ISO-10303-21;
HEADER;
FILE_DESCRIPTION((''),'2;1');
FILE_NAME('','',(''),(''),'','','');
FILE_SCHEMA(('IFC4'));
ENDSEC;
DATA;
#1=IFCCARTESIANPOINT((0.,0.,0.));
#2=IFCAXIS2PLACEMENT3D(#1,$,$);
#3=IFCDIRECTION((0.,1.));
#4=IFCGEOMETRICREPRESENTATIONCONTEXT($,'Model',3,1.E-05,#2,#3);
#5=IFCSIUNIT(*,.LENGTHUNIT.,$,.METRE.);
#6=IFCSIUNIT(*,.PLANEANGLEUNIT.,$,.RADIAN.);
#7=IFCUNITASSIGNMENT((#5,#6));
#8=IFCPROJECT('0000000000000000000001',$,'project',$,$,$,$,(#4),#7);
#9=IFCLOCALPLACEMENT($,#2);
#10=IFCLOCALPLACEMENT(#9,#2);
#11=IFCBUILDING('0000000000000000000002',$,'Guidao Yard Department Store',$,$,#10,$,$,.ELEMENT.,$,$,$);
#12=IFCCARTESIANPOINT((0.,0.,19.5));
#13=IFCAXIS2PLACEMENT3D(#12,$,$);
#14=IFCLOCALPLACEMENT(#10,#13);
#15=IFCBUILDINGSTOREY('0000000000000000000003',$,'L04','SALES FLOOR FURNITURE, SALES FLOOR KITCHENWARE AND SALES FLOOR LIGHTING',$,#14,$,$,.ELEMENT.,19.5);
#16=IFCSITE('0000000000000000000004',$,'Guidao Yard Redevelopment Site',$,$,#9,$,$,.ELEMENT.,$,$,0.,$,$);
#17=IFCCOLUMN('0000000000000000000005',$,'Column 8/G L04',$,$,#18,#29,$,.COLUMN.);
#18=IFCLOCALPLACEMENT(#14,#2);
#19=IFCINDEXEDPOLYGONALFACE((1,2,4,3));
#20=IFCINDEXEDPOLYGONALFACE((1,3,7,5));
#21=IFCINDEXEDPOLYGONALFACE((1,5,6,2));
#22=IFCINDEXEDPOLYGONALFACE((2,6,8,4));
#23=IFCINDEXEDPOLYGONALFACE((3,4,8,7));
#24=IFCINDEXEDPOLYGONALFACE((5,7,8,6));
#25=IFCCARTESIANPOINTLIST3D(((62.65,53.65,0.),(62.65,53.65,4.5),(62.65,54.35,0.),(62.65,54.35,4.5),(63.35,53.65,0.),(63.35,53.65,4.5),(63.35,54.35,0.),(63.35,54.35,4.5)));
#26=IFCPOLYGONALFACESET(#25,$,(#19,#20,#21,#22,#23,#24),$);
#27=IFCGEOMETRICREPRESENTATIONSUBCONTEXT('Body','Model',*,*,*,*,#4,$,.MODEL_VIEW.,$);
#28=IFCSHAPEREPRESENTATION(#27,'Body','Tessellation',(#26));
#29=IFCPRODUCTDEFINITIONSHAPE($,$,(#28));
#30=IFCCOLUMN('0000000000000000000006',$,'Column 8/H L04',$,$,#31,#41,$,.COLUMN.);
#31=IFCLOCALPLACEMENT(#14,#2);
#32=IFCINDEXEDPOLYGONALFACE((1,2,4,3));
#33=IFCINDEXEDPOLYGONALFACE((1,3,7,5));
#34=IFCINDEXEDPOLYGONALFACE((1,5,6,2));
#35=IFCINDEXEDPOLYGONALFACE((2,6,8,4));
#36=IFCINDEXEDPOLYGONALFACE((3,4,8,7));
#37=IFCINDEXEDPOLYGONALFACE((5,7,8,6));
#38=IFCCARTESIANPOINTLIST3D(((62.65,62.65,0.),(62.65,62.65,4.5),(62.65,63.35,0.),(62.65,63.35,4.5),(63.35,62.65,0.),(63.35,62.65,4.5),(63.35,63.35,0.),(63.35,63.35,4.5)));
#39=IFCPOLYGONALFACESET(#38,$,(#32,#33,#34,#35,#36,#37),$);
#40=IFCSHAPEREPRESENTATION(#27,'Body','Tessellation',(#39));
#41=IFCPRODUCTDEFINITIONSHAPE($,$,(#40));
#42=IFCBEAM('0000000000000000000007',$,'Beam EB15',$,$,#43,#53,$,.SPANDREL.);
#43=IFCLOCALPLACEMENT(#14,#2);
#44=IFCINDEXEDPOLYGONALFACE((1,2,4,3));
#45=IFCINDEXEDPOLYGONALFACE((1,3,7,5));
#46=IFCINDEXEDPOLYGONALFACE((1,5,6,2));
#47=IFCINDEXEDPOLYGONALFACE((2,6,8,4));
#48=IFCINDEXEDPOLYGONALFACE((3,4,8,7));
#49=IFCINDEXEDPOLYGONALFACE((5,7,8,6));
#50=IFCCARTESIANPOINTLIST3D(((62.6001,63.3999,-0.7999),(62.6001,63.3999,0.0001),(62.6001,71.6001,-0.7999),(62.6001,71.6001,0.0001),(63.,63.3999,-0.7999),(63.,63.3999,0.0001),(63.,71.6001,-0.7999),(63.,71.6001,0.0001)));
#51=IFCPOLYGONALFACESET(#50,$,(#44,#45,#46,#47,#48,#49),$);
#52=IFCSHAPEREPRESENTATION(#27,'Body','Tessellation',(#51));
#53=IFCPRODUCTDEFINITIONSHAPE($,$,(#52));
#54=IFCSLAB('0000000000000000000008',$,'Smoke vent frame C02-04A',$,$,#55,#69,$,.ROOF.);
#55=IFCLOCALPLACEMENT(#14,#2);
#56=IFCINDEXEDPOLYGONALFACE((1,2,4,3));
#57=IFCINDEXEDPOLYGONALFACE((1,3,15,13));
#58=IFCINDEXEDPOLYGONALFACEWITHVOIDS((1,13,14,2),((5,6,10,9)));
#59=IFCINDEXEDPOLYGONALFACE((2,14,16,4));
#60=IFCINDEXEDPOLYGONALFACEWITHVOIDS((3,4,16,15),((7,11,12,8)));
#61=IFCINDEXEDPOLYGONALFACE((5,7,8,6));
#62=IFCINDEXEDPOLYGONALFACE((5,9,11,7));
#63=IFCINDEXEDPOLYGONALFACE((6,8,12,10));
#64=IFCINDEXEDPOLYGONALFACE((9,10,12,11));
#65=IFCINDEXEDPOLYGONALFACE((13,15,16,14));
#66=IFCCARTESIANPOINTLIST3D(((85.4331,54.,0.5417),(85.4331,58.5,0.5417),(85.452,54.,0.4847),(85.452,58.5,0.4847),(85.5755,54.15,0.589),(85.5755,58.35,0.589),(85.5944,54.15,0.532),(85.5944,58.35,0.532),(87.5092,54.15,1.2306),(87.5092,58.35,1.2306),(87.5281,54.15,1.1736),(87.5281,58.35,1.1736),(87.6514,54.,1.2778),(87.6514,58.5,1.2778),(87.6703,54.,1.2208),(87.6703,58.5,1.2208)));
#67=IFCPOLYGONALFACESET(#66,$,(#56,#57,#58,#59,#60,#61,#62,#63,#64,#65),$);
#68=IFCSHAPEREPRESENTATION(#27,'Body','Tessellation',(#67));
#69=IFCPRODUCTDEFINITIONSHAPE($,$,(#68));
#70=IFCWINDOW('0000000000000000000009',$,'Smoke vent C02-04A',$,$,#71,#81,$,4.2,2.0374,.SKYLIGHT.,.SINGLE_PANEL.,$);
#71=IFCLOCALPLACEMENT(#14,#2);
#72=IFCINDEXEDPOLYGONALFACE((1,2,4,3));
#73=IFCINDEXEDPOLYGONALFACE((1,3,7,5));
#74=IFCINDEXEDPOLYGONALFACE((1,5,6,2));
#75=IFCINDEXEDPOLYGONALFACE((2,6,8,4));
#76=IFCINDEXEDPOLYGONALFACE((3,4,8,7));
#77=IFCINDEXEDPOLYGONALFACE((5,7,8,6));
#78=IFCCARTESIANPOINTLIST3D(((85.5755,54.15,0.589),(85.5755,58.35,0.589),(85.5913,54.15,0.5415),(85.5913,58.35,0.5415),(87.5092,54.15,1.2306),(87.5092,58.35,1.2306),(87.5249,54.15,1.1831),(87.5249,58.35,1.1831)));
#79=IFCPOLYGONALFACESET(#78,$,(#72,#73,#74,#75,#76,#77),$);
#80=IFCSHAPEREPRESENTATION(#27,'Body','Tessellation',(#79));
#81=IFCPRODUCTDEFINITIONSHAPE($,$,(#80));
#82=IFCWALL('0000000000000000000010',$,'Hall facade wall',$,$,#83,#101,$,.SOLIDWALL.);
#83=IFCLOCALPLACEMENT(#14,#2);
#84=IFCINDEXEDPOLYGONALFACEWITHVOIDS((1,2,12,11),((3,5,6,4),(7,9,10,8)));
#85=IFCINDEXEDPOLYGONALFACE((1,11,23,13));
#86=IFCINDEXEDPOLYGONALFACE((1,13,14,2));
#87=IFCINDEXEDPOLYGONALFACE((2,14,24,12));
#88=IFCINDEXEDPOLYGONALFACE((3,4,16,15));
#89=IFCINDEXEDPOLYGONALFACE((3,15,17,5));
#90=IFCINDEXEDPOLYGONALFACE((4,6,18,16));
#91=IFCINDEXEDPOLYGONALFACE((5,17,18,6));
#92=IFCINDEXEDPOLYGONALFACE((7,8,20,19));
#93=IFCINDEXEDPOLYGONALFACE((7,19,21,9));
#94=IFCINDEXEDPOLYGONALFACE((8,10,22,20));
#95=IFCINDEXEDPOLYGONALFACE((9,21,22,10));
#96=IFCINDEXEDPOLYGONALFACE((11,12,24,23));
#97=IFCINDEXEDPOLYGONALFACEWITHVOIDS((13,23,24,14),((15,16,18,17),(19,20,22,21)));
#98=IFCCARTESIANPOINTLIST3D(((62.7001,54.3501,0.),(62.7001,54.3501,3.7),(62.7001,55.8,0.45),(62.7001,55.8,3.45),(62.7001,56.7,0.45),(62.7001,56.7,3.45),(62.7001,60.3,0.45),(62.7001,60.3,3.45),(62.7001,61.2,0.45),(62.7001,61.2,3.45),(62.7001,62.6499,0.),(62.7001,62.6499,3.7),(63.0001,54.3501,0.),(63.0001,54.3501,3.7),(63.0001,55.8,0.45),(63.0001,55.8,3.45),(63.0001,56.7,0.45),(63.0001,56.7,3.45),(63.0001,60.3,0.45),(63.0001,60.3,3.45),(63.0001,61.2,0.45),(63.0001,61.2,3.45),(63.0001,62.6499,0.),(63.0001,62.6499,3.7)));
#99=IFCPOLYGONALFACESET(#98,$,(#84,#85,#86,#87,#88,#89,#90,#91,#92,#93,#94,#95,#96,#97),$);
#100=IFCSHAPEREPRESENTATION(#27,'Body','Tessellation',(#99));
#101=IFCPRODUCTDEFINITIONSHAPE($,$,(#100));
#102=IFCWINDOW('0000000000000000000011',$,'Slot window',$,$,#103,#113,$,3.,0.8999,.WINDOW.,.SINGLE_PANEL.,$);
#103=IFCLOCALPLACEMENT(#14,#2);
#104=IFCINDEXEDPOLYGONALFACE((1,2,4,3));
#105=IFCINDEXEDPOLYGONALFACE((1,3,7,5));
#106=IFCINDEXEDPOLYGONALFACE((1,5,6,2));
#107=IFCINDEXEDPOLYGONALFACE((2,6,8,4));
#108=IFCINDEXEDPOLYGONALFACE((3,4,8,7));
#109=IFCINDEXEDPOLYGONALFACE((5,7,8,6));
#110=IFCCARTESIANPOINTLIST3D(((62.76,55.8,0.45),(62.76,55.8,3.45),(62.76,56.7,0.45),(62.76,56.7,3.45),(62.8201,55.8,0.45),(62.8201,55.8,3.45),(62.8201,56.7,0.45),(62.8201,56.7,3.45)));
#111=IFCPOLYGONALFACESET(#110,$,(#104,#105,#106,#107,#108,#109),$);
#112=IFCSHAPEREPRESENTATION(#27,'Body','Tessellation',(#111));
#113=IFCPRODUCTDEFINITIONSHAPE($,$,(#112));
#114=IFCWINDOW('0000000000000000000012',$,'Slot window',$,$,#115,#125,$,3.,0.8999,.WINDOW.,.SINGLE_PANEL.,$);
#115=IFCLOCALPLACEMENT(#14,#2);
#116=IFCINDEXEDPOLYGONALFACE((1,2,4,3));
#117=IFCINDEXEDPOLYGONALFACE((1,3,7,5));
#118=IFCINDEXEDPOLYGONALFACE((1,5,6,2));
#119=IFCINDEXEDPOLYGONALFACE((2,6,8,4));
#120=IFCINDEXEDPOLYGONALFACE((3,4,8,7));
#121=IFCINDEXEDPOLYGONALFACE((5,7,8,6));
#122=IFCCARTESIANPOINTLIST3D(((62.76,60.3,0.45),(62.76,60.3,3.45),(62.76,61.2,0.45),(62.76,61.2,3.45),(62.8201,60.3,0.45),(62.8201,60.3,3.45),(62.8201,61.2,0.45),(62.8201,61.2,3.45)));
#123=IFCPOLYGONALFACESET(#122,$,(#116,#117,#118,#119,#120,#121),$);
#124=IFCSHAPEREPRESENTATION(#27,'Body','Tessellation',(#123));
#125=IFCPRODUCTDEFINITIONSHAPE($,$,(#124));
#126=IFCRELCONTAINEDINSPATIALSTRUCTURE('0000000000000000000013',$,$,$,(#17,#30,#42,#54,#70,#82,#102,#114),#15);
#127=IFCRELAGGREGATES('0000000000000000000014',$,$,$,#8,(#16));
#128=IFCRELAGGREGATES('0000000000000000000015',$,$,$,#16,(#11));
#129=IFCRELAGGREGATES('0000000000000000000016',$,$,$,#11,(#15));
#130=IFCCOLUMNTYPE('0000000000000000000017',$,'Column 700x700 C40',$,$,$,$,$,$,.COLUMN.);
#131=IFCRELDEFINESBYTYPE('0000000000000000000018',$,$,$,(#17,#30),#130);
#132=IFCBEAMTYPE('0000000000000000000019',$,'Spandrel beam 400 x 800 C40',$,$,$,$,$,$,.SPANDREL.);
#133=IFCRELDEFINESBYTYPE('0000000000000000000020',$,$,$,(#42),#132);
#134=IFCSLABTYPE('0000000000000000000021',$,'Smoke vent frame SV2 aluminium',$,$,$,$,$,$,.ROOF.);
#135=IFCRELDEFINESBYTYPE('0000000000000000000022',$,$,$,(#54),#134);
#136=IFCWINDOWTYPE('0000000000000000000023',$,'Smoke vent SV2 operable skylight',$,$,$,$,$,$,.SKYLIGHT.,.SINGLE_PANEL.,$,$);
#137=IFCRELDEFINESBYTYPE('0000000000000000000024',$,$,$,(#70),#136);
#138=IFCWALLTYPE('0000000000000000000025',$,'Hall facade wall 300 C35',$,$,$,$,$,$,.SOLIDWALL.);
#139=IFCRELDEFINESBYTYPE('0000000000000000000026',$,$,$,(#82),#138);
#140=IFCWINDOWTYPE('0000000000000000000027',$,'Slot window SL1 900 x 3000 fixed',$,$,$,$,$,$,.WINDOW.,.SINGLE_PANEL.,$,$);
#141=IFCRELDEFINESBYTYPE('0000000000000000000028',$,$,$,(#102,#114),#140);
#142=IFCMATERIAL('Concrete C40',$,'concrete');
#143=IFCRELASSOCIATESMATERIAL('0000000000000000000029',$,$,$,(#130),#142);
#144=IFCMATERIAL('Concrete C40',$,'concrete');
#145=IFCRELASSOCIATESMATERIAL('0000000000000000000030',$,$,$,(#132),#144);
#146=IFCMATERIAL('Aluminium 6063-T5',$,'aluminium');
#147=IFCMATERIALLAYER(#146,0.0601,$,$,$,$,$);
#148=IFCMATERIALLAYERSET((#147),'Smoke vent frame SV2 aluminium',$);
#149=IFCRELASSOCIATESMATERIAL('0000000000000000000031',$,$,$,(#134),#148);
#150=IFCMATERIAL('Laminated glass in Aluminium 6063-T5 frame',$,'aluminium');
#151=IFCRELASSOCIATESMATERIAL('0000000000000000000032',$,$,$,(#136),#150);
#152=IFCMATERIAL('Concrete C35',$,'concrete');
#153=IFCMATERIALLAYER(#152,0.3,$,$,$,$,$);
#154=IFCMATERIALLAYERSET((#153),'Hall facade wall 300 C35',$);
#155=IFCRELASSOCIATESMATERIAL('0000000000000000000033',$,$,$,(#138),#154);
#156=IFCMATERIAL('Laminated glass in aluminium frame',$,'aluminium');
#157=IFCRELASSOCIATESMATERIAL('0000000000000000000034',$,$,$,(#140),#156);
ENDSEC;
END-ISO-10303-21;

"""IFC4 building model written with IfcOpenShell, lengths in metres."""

from ifc_helpers import new_model, si_unit, direction, frame, frame_2d, origin, origin_2d, place, context, subcontext, project, spatial, polyline, rectangle, outline, extrude, material, layer, layer_set, material_profile, profile_set, type_object, element, fill, save


model = new_model("IFC4")

# Units and contexts
model_context = context("Model", 3, precision=1e-05, world=origin(), true_north=direction((0.0, 1.0)))
body_context = subcontext(model_context, "Body", "Model", "MODEL_VIEW")
ifc_project = project(units=[si_unit("LENGTHUNIT", "METRE"), si_unit("PLANEANGLEUNIT", "RADIAN")], contexts=[model_context])

# Site, building, storey
site_placement = place(None, origin())
site = spatial("IfcSite", under=ifc_project, at=site_placement, Name="Guidao Yard Redevelopment Site", CompositionType="ELEMENT", RefElevation=0.0)
building_placement = place(site_placement, origin())
building = spatial("IfcBuilding", under=site, at=building_placement, Name="Guidao Yard Department Store", CompositionType="ELEMENT")
storey_placement = place(building_placement, frame((0.0, 0.0, 19.5)))
storey = spatial("IfcBuildingStorey", under=building, at=storey_placement, Name="L04", Description="SALES FLOOR FURNITURE, SALES FLOOR KITCHENWARE AND SALES FLOOR LIGHTING", CompositionType="ELEMENT", Elevation=19.5)

# Columns
ifc_material_1 = material(Name="Concrete C40", Category="concrete")
ifc_material_profile_1 = material_profile(ifc_material_1, rectangle(XDim=0.7, YDim=0.7, at=origin_2d()), Name="COL 700x700")
ifc_profile_set_1 = profile_set([ifc_material_profile_1], Name="Concrete C40")
column_type = type_object("IfcColumnType", Name="Column 700x700 C40", PredefinedType="COLUMN", material=ifc_profile_set_1)
for number, where, z_axis, x_axis, name in (
    (1, (63.0, 54.0, 0.0), (0.0, 0.0, 1.0), (1.0, 0.0, 0.0), "Column 8/G L04"),
    (2, (63.0, 63.0, 0.0), (0.0, 0.0, 1.0), (1.0, 0.0, 0.0), "Column 8/H L04"),
):
    element("IfcColumn", number, at=place(storey_placement, frame(where, z_axis=z_axis, x_axis=x_axis)), inside=storey, type_object=column_type, Name=name, PredefinedType="COLUMN", context=body_context, shape_type="SweptSolid", body=[
        extrude(rectangle(XDim=0.7, YDim=0.7, at=origin_2d()), origin(), (0.0, 0.0, 1.0), 4.5),
    ])

# Beam
ifc_material_2 = material(Name="Concrete C40", Category="concrete")
ifc_material_profile_2 = material_profile(ifc_material_2, rectangle(XDim=0.3999, YDim=0.8, at=origin_2d()), Name="Spandrel beam 400 x 800 C40")
ifc_profile_set_2 = profile_set([ifc_material_profile_2], Name="Concrete C40")
beam_type = type_object("IfcBeamType", Name="Spandrel beam 400 x 800 C40", PredefinedType="SPANDREL", material=ifc_profile_set_2)
beam_placement = place(storey_placement, frame((62.8, 63.3999, -0.3999), z_axis=(0.0, 1.0, 0.0), x_axis=(-1.0, 0.0, 0.0)))
element("IfcBeam", 3, at=beam_placement, inside=storey, type_object=beam_type, Name="Beam EB15", PredefinedType="SPANDREL", context=body_context, shape_type="SweptSolid", body=[
    extrude(rectangle(XDim=0.3999, YDim=0.8, at=origin_2d()), origin(), (0.0, 0.0, 1.0), 8.2002),
])

# Slab, opening, window
ifc_material_3 = material(Name="Aluminium 6063-T5", Category="aluminium")
ifc_layer_1 = layer(ifc_material_3, 0.0601)
ifc_layer_set_1 = layer_set([ifc_layer_1], Name="Smoke vent frame SV2 aluminium")
slab_type = type_object("IfcSlabType", Name="Smoke vent frame SV2 aluminium", PredefinedType="ROOF", material=ifc_layer_set_1)
slab_placement = place(storey_placement, frame((85.4331, 54.0, 0.5417), z_axis=(-0.314943, 0.0, 0.949111), x_axis=(0.949111, 0.0, 0.314943)))
slab = element("IfcSlab", 4, at=slab_placement, inside=storey, type_object=slab_type, Name="Smoke vent frame C02-04A", PredefinedType="ROOF", context=body_context, shape_type="SweptSolid", body=[
    extrude(outline(polyline([(0.0, 0.0), (2.3372, 0.0), (2.3372, 4.5), (0.0, 4.5), (0.0, 0.0)])), origin(), (0.0, 0.0, -1.0), 0.0601),
])
opening_1_placement = place(slab_placement, frame((1.1687, 2.25, 0.0)))
opening_1 = element("IfcOpeningElement", 5, at=opening_1_placement, cuts=slab, PredefinedType="OPENING", context=body_context, shape_type="SweptSolid", body=[
    extrude(rectangle(XDim=2.0374, YDim=4.2, at=origin_2d()), frame((0.0, 0.0, 0.01)), (0.0, 0.0, -1.0), 0.0801),
])
ifc_material_4 = material(Name="Laminated glass in Aluminium 6063-T5 frame", Category="aluminium")
window_type_1 = type_object("IfcWindowType", Name="Smoke vent SV2 operable skylight", PartitioningType="SINGLE_PANEL", PredefinedType="SKYLIGHT", material=ifc_material_4)
window_1_placement = place(opening_1_placement, frame((0.0, 0.0, -0.05)))
window_1 = element("IfcWindow", 6, at=window_1_placement, inside=storey, type_object=window_type_1, Name="Smoke vent C02-04A", OverallHeight=4.2, OverallWidth=2.0374, PartitioningType="SINGLE_PANEL", PredefinedType="SKYLIGHT", context=body_context, shape_type="SweptSolid", body=[
    extrude(rectangle(XDim=2.0374, YDim=4.2, at=origin_2d()), origin(), (0.0, 0.0, 1.0), 0.05),
])
fill(opening_1, window_1)

# Wall, openings, windows
ifc_material_5 = material(Name="Concrete C35", Category="concrete")
ifc_layer_2 = layer(ifc_material_5, 0.3)
ifc_layer_set_2 = layer_set([ifc_layer_2], Name="Hall facade wall 300 C35")
wall_type = type_object("IfcWallType", Name="Hall facade wall 300 C35", PredefinedType="SOLIDWALL", material=ifc_layer_set_2)
wall_placement = place(storey_placement, frame((62.8501, 62.6499, 0.0), z_axis=(0.0, 0.0, 1.0), x_axis=(0.0, -1.0, 0.0)))
wall = element("IfcWall", 7, at=wall_placement, inside=storey, type_object=wall_type, Name="Hall facade wall", PredefinedType="SOLIDWALL", context=body_context, shape_type="SweptSolid", body=[
    extrude(rectangle(XDim=8.2998, YDim=0.3, at=frame_2d((4.1499, 0.0))), origin(), (0.0, 0.0, 1.0), 3.7),
])
opening_2_placement = place(wall_placement, frame((5.95, 0.0, 0.45)))
opening_2 = element("IfcOpeningElement", 8, at=opening_2_placement, cuts=wall, PredefinedType="OPENING", context=body_context, shape_type="SweptSolid", body=[
    extrude(rectangle(XDim=0.8999, YDim=3.0, at=frame_2d((0.45, 1.5))), frame((0.0, 0.1599, 0.0), z_axis=(0.0, -1.0, 0.0), x_axis=(1.0, 0.0, 0.0)), (0.0, 0.0, 1.0), 0.3201),
])
opening_3_placement = place(wall_placement, frame((1.45, 0.0, 0.45)))
opening_3 = element("IfcOpeningElement", 9, at=opening_3_placement, cuts=wall, PredefinedType="OPENING", context=body_context, shape_type="SweptSolid", body=[
    extrude(rectangle(XDim=0.8999, YDim=3.0, at=frame_2d((0.45, 1.5))), frame((0.0, 0.1599, 0.0), z_axis=(0.0, -1.0, 0.0), x_axis=(1.0, 0.0, 0.0)), (0.0, 0.0, 1.0), 0.3201),
])
ifc_material_6 = material(Name="Laminated glass in aluminium frame", Category="aluminium")
window_type_2 = type_object("IfcWindowType", Name="Slot window SL1 900 x 3000 fixed", PartitioningType="SINGLE_PANEL", PredefinedType="WINDOW", material=ifc_material_6)
window_2_placement = place(opening_2_placement, origin())
window_2 = element("IfcWindow", 10, at=window_2_placement, inside=storey, type_object=window_type_2, Name="Slot window", OverallHeight=3.0, OverallWidth=0.8999, PartitioningType="SINGLE_PANEL", PredefinedType="WINDOW", context=body_context, shape_type="SweptSolid", body=[
    extrude(rectangle(XDim=0.8999, YDim=3.0, at=frame_2d((0.45, 1.5))), frame((0.0, -0.03, 0.0), z_axis=(0.0, -1.0, 0.0), x_axis=(1.0, 0.0, 0.0)), (0.0, 0.0, 1.0), 0.0601),
])
fill(opening_2, window_2)
window_3_placement = place(opening_3_placement, origin())
window_3 = element("IfcWindow", 11, at=window_3_placement, inside=storey, type_object=window_type_2, Name="Slot window", OverallHeight=3.0, OverallWidth=0.8999, PartitioningType="SINGLE_PANEL", PredefinedType="WINDOW", context=body_context, shape_type="SweptSolid", body=[
    extrude(rectangle(XDim=0.8999, YDim=3.0, at=frame_2d((0.45, 1.5))), frame((0.0, -0.03, 0.0), z_axis=(0.0, -1.0, 0.0), x_axis=(1.0, 0.0, 0.0)), (0.0, 0.0, 1.0), 0.0601),
])
fill(opening_3, window_3)

save(model, "model.ifc")
